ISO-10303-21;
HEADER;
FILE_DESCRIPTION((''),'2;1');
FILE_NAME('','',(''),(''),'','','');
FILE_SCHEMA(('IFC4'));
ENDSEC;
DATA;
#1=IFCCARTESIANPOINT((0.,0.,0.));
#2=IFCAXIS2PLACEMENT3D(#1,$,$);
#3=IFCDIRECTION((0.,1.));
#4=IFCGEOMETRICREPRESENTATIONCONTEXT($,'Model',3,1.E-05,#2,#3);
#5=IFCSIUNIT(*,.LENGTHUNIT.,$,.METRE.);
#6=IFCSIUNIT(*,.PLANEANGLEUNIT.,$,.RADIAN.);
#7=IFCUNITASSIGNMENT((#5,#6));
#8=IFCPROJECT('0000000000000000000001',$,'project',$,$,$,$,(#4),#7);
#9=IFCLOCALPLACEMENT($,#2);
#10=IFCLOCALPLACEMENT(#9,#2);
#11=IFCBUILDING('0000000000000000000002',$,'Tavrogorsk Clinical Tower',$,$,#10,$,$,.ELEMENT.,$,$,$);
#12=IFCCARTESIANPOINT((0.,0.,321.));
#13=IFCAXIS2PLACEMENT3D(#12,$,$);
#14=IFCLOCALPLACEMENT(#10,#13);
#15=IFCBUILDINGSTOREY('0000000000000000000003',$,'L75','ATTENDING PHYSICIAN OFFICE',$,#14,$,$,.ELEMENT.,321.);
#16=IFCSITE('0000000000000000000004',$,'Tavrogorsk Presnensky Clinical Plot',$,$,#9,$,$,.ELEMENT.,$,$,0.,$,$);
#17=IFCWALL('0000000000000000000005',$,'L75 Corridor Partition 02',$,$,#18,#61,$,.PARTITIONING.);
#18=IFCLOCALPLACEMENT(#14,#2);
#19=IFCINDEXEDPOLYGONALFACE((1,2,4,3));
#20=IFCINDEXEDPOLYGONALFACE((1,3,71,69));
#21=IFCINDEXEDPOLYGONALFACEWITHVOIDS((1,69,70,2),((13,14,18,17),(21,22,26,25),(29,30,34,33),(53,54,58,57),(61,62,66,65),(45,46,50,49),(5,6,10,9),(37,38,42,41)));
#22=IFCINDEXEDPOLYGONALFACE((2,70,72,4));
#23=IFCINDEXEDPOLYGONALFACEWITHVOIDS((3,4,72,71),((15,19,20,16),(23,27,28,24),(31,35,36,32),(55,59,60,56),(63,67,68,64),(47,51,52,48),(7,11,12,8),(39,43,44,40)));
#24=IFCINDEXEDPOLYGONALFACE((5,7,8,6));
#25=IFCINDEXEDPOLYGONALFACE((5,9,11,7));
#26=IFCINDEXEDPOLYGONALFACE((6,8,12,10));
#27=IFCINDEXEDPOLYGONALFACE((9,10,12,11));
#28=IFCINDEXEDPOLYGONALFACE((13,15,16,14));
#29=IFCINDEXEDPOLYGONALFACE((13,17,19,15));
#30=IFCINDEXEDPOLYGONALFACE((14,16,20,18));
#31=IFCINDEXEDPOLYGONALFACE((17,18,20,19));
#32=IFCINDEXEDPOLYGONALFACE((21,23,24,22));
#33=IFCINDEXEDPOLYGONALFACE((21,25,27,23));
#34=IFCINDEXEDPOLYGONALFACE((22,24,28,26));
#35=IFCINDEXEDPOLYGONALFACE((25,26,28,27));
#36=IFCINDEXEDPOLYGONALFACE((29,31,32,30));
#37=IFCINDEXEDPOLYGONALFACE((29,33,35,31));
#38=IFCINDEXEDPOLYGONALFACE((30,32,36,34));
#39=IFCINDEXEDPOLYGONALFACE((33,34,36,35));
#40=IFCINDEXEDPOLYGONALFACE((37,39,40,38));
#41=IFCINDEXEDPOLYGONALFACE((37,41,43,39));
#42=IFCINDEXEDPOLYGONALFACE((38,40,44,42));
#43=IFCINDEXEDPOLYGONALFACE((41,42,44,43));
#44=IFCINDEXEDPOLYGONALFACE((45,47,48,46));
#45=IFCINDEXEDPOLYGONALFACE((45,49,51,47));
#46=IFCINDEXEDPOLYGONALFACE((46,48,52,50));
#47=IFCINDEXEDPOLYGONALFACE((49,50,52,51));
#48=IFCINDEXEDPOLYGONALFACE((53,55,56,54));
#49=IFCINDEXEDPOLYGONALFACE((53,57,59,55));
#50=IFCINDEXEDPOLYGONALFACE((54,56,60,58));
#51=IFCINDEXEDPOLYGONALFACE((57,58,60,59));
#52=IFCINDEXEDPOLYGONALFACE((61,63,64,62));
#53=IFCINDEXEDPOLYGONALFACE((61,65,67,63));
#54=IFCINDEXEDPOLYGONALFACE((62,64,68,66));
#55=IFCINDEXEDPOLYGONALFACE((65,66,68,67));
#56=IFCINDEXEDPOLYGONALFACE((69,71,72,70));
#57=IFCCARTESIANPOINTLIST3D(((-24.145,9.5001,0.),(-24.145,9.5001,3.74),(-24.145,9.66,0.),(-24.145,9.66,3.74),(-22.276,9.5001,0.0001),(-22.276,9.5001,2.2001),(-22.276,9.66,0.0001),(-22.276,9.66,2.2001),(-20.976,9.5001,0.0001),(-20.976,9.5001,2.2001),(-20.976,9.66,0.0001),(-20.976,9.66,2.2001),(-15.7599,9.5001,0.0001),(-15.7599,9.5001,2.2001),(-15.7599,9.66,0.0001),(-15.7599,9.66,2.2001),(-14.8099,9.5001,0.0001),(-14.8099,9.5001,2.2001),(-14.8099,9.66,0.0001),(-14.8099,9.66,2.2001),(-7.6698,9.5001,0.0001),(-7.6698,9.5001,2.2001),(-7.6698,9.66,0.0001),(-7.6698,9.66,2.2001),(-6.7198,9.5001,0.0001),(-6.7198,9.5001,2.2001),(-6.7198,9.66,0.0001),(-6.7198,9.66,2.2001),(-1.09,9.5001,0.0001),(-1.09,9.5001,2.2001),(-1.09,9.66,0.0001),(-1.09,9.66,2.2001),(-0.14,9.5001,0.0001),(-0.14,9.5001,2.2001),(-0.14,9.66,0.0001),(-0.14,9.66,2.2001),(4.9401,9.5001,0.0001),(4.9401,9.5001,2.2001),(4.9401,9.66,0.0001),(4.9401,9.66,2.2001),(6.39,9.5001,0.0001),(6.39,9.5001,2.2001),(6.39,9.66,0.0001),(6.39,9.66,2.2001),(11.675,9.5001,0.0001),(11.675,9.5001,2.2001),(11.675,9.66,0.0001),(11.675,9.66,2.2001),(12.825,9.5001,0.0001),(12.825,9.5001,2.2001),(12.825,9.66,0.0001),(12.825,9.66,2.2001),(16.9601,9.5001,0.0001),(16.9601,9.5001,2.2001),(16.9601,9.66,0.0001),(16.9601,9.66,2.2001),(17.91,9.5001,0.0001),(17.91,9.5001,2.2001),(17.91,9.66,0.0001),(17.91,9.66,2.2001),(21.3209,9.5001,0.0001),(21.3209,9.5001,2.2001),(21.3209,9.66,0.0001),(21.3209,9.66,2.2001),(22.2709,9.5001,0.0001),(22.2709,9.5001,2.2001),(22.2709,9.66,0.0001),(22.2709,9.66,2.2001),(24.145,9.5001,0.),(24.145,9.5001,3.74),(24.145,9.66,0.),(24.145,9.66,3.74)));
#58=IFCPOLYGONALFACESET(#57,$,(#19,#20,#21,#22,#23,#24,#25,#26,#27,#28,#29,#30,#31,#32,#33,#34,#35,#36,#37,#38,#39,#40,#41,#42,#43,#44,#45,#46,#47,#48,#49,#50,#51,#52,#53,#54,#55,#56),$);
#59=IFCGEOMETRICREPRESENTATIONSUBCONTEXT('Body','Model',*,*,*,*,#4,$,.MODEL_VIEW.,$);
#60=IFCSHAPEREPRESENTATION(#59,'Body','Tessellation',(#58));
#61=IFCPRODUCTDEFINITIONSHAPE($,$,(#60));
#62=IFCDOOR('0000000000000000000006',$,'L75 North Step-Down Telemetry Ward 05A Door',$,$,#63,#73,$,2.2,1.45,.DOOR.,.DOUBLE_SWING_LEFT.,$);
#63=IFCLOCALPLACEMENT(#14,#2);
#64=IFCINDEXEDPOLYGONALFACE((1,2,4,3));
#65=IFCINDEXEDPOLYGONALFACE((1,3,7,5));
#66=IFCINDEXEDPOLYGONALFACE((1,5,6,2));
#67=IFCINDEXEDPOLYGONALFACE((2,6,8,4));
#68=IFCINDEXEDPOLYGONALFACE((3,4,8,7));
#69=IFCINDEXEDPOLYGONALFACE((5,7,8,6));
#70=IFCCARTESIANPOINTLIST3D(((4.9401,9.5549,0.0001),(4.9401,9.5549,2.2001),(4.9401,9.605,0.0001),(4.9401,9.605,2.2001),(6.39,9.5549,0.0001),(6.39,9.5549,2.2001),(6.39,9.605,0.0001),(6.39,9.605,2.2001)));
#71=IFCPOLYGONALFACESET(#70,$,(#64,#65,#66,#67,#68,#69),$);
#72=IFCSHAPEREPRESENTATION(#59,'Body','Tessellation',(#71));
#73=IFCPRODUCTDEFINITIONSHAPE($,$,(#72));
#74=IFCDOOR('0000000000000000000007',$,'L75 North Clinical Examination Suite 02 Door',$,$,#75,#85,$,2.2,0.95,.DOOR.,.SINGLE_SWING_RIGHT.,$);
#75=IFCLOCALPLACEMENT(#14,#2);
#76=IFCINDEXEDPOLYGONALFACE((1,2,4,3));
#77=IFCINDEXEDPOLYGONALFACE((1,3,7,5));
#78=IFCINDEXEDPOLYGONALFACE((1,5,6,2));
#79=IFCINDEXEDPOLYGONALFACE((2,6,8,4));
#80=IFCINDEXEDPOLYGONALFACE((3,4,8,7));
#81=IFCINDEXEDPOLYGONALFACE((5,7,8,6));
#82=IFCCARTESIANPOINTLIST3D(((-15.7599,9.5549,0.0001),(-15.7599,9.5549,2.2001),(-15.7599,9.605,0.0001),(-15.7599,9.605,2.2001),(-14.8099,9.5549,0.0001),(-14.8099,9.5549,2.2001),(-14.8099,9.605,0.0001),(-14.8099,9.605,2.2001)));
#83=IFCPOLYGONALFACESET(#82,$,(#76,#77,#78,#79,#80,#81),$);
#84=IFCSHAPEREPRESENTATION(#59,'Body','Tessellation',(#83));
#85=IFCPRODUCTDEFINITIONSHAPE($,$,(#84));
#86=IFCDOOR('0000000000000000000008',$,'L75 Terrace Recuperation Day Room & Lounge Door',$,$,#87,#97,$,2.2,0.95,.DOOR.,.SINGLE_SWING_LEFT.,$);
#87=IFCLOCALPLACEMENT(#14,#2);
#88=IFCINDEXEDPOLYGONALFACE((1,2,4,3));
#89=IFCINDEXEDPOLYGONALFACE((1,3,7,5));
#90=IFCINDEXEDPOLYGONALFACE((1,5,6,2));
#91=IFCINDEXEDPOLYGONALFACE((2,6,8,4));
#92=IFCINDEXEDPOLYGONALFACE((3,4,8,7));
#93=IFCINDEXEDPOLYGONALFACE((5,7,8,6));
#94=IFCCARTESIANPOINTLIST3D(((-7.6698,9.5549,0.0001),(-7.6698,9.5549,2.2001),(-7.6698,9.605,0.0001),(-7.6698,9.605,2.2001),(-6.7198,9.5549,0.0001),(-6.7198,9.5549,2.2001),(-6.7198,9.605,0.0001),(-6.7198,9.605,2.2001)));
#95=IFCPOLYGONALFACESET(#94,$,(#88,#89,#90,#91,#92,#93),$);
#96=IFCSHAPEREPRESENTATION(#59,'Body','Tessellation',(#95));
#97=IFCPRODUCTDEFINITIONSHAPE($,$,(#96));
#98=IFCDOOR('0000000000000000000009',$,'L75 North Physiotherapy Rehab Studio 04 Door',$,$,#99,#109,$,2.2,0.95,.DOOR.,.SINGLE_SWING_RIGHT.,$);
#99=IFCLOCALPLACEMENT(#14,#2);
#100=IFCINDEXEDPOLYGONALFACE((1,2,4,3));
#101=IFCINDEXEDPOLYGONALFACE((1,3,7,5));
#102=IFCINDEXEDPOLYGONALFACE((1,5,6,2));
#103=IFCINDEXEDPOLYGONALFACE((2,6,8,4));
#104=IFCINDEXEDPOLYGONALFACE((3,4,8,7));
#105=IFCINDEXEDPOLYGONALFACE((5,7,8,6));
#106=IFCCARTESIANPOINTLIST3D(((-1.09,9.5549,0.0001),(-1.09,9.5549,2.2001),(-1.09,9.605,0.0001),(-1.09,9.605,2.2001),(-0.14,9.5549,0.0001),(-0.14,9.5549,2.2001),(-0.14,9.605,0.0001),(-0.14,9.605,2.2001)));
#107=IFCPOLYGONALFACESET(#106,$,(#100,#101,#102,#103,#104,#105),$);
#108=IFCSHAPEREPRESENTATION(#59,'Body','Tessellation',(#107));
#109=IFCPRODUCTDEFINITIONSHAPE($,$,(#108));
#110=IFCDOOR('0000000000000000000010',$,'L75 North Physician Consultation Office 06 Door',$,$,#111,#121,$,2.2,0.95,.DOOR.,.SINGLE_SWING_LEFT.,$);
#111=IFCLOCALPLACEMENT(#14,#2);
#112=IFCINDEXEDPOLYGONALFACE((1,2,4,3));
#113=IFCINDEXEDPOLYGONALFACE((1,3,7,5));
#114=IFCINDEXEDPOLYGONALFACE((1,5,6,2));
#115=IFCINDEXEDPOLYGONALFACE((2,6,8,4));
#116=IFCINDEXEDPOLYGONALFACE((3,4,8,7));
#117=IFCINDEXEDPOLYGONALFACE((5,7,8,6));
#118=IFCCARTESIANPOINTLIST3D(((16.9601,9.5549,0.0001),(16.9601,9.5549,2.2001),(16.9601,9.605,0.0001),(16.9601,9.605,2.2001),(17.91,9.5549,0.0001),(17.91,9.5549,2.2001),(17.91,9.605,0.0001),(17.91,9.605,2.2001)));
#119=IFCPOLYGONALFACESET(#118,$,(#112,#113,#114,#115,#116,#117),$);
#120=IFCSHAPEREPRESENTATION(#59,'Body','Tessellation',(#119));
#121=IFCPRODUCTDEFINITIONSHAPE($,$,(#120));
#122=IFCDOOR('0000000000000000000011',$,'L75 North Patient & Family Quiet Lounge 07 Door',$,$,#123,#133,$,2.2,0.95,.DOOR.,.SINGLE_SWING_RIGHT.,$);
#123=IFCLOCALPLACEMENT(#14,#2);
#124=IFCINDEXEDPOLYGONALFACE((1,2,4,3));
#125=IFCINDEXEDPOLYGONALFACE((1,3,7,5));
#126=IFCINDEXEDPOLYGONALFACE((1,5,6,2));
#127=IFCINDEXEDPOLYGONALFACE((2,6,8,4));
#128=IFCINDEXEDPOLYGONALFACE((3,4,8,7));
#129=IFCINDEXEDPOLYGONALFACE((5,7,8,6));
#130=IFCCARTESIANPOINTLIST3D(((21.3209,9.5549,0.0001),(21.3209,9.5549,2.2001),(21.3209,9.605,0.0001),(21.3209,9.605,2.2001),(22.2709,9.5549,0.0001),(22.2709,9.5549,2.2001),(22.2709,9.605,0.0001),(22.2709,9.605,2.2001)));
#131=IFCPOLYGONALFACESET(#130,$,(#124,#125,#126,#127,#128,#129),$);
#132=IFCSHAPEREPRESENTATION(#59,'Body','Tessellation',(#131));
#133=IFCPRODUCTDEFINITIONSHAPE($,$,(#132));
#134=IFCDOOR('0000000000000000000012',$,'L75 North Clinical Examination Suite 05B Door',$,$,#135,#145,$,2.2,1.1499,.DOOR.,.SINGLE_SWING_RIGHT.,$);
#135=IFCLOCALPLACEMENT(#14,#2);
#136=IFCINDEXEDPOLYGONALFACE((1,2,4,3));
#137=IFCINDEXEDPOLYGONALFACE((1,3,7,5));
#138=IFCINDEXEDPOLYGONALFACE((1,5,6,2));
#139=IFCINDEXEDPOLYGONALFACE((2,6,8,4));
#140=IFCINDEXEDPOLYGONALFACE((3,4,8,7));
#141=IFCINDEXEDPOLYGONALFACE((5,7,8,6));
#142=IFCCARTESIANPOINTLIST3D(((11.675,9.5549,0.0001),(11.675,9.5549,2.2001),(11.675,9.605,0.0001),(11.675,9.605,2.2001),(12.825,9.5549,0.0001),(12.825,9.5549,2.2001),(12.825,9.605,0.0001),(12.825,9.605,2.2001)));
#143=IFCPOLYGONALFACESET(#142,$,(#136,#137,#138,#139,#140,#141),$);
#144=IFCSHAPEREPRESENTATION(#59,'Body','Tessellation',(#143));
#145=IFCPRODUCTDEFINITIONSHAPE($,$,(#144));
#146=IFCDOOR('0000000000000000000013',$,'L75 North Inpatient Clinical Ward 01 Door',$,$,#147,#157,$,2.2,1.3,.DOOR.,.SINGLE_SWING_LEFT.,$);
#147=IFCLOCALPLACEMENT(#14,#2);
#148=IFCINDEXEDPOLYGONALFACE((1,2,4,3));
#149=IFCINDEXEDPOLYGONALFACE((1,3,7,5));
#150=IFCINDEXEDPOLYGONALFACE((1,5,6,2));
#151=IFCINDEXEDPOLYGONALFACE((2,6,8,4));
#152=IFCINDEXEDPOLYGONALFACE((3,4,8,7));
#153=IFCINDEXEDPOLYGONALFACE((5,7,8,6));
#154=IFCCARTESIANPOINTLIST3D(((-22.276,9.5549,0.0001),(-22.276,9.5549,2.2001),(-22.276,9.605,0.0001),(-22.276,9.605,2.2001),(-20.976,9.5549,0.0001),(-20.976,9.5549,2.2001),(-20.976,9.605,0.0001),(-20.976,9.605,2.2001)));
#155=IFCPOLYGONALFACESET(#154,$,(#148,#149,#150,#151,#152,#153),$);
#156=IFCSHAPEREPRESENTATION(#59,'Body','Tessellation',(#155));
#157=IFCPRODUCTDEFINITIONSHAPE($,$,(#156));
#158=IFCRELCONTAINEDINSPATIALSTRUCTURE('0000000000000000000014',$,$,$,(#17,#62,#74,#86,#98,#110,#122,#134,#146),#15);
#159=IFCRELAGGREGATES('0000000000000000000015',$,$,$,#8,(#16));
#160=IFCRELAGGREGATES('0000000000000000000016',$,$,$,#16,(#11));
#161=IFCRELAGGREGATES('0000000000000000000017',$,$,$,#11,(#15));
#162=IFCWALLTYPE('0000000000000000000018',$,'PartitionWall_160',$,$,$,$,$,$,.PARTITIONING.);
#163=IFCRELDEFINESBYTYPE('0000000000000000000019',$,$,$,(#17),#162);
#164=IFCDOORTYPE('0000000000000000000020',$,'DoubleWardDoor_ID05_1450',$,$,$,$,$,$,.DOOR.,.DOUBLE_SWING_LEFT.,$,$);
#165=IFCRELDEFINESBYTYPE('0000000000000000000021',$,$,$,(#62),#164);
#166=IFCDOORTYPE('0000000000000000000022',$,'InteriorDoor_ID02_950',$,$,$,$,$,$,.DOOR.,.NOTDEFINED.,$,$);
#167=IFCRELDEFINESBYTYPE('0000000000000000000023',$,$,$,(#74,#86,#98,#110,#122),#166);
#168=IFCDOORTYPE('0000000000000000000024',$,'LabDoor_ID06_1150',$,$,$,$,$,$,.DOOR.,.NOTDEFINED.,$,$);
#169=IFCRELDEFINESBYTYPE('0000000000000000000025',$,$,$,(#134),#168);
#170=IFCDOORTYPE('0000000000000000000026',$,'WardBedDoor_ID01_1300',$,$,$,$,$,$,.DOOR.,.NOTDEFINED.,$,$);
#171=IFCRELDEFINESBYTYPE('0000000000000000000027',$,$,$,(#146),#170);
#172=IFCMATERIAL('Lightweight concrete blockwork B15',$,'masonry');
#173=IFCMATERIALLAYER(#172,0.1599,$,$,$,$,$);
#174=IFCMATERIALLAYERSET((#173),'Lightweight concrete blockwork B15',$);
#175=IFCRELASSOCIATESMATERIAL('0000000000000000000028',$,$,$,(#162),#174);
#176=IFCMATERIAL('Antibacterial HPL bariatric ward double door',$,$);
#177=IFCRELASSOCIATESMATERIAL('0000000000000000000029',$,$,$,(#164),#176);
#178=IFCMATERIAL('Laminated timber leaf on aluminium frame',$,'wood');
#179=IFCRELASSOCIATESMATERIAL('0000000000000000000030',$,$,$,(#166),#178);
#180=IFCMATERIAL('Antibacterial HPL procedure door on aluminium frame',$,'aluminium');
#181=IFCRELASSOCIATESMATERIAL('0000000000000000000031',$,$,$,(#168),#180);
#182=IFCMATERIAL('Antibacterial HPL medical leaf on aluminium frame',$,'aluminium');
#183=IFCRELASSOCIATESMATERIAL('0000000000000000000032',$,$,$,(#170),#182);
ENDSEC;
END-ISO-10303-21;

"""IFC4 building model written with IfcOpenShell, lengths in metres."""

from ifc_helpers import new_model, si_unit, direction, frame, frame_2d, origin, place, context, subcontext, project, spatial, rectangle, extrude, material, layer, layer_set, type_object, element, fill, save


model = new_model("IFC4")

# Units and contexts
model_context = context("Model", 3, precision=1e-05, world=origin(), true_north=direction((0.0, 1.0)))
body_context = subcontext(model_context, "Body", "Model", "MODEL_VIEW")
ifc_project = project(units=[si_unit("LENGTHUNIT", "METRE"), si_unit("PLANEANGLEUNIT", "RADIAN")], contexts=[model_context])

# Site, building, storey
site_placement = place(None, origin())
site = spatial("IfcSite", under=ifc_project, at=site_placement, Name="Tavrogorsk Presnensky Clinical Plot", CompositionType="ELEMENT", RefElevation=0.0)
building_placement = place(site_placement, origin())
building = spatial("IfcBuilding", under=site, at=building_placement, Name="Tavrogorsk Clinical Tower", CompositionType="ELEMENT")
storey_placement = place(building_placement, frame((0.0, 0.0, 321.0)))
storey = spatial("IfcBuildingStorey", under=building, at=storey_placement, Name="L75", Description="ATTENDING PHYSICIAN OFFICE", CompositionType="ELEMENT", Elevation=321.0)

# Wall, openings, doors
ifc_material_1 = material(Name="Lightweight concrete blockwork B15", Category="masonry")
ifc_layer = layer(ifc_material_1, 0.1599)
ifc_layer_set = layer_set([ifc_layer], Name="Lightweight concrete blockwork B15")
wall_type = type_object("IfcWallType", Name="PartitionWall_160", PredefinedType="PARTITIONING", material=ifc_layer_set)
wall_1_placement = place(storey_placement, frame((-24.145, 9.5801, 0.0), z_axis=(0.0, 0.0, 1.0), x_axis=(1.0, 0.0, 0.0)))
wall_1 = element("IfcWall", 1, at=wall_1_placement, inside=storey, type_object=wall_type, Name="L75 Corridor Partition 02", PredefinedType="PARTITIONING", context=body_context, shape_type="SweptSolid", body=[
    extrude(rectangle(XDim=48.29, YDim=0.1599, at=frame_2d((24.145, 0.0))), origin(), (0.0, 0.0, 1.0), 3.74),
])
opening_1_placement = place(wall_1_placement, frame((1.8691, 0.0, 0.0)))
opening_1 = element("IfcOpeningElement", 2, at=opening_1_placement, cuts=wall_1, PredefinedType="OPENING", context=body_context, shape_type="SweptSolid", body=[
    extrude(rectangle(XDim=1.3, YDim=2.2, at=frame_2d((0.6499, 1.1001))), frame((0.0, 0.0898, 0.0), z_axis=(0.0, -1.0, 0.0), x_axis=(1.0, 0.0, 0.0)), (0.0, 0.0, 1.0), 0.1799),
])
opening_2_placement = place(wall_1_placement, frame((8.385, 0.0, 0.0)))
opening_2 = element("IfcOpeningElement", 3, at=opening_2_placement, cuts=wall_1, PredefinedType="OPENING", context=body_context, shape_type="SweptSolid", body=[
    extrude(rectangle(XDim=0.95, YDim=2.2, at=frame_2d((0.4751, 1.1001))), frame((0.0, 0.0898, 0.0), z_axis=(0.0, -1.0, 0.0), x_axis=(1.0, 0.0, 0.0)), (0.0, 0.0, 1.0), 0.1799),
])
opening_3_placement = place(wall_1_placement, frame((16.4751, 0.0, 0.0)))
opening_3 = element("IfcOpeningElement", 4, at=opening_3_placement, cuts=wall_1, PredefinedType="OPENING", context=body_context, shape_type="SweptSolid", body=[
    extrude(rectangle(XDim=0.95, YDim=2.2, at=frame_2d((0.4751, 1.1001))), frame((0.0, 0.0898, 0.0), z_axis=(0.0, -1.0, 0.0), x_axis=(1.0, 0.0, 0.0)), (0.0, 0.0, 1.0), 0.1799),
])
opening_4_placement = place(wall_1_placement, frame((23.0549, 0.0, 0.0)))
opening_4 = element("IfcOpeningElement", 5, at=opening_4_placement, cuts=wall_1, PredefinedType="OPENING", context=body_context, shape_type="SweptSolid", body=[
    extrude(rectangle(XDim=0.95, YDim=2.2, at=frame_2d((0.4751, 1.1001))), frame((0.0, 0.0898, 0.0), z_axis=(0.0, -1.0, 0.0), x_axis=(1.0, 0.0, 0.0)), (0.0, 0.0, 1.0), 0.1799),
])
opening_5_placement = place(wall_1_placement, frame((29.085, 0.0, 0.0)))
opening_5 = element("IfcOpeningElement", 6, at=opening_5_placement, cuts=wall_1, PredefinedType="OPENING", context=body_context, shape_type="SweptSolid", body=[
    extrude(rectangle(XDim=1.45, YDim=2.2, at=frame_2d((0.7251, 1.1001))), frame((0.0, 0.0898, 0.0), z_axis=(0.0, -1.0, 0.0), x_axis=(1.0, 0.0, 0.0)), (0.0, 0.0, 1.0), 0.1799),
])
opening_6_placement = place(wall_1_placement, frame((35.8201, 0.0, 0.0)))
opening_6 = element("IfcOpeningElement", 7, at=opening_6_placement, cuts=wall_1, PredefinedType="OPENING", context=body_context, shape_type="SweptSolid", body=[
    extrude(rectangle(XDim=1.1499, YDim=2.2, at=frame_2d((0.575, 1.1001))), frame((0.0, 0.0898, 0.0), z_axis=(0.0, -1.0, 0.0), x_axis=(1.0, 0.0, 0.0)), (0.0, 0.0, 1.0), 0.1799),
])
opening_7_placement = place(wall_1_placement, frame((41.105, 0.0, 0.0)))
opening_7 = element("IfcOpeningElement", 8, at=opening_7_placement, cuts=wall_1, PredefinedType="OPENING", context=body_context, shape_type="SweptSolid", body=[
    extrude(rectangle(XDim=0.95, YDim=2.2, at=frame_2d((0.4751, 1.1001))), frame((0.0, 0.0898, 0.0), z_axis=(0.0, -1.0, 0.0), x_axis=(1.0, 0.0, 0.0)), (0.0, 0.0, 1.0), 0.1799),
])
opening_8_placement = place(wall_1_placement, frame((45.4658, 0.0, 0.0)))
opening_8 = element("IfcOpeningElement", 9, at=opening_8_placement, cuts=wall_1, PredefinedType="OPENING", context=body_context, shape_type="SweptSolid", body=[
    extrude(rectangle(XDim=0.95, YDim=2.2, at=frame_2d((0.4751, 1.1001))), frame((0.0, 0.0898, 0.0), z_axis=(0.0, -1.0, 0.0), x_axis=(1.0, 0.0, 0.0)), (0.0, 0.0, 1.0), 0.1799),
])
ifc_material_2 = material(Name="Antibacterial HPL bariatric ward double door")
door_type_1 = type_object("IfcDoorType", Name="DoubleWardDoor_ID05_1450", OperationType="DOUBLE_SWING_LEFT", PredefinedType="DOOR", material=ifc_material_2)
door_1_placement = place(opening_5_placement, origin())
door_1 = element("IfcDoor", 10, at=door_1_placement, inside=storey, type_object=door_type_1, Name="L75 North Step-Down Telemetry Ward 05A Door", OperationType="DOUBLE_SWING_LEFT", OverallHeight=2.2, OverallWidth=1.45, PredefinedType="DOOR", context=body_context, shape_type="SweptSolid", body=[
    extrude(rectangle(XDim=1.45, YDim=2.2, at=frame_2d((0.7251, 1.1001))), frame((0.0, 0.0249, 0.0), z_axis=(0.0, -1.0, 0.0), x_axis=(1.0, 0.0, 0.0)), (0.0, 0.0, 1.0), 0.05),
])
fill(opening_5, door_1)
ifc_material_3 = material(Name="Laminated timber leaf on aluminium frame", Category="wood")
door_type_2 = type_object("IfcDoorType", Name="InteriorDoor_ID02_950", OperationType="NOTDEFINED", PredefinedType="DOOR", material=ifc_material_3)
door_2_placement = place(opening_2_placement, origin())
door_2 = element("IfcDoor", 11, at=door_2_placement, inside=storey, type_object=door_type_2, Name="L75 North Clinical Examination Suite 02 Door", OperationType="SINGLE_SWING_RIGHT", OverallHeight=2.2, OverallWidth=0.95, PredefinedType="DOOR", context=body_context, shape_type="SweptSolid", body=[
    extrude(rectangle(XDim=0.95, YDim=2.2, at=frame_2d((0.4751, 1.1001))), frame((0.0, 0.0249, 0.0), z_axis=(0.0, -1.0, 0.0), x_axis=(1.0, 0.0, 0.0)), (0.0, 0.0, 1.0), 0.05),
])
fill(opening_2, door_2)
door_3_placement = place(opening_3_placement, origin())
door_3 = element("IfcDoor", 12, at=door_3_placement, inside=storey, type_object=door_type_2, Name="L75 Terrace Recuperation Day Room & Lounge Door", OperationType="SINGLE_SWING_LEFT", OverallHeight=2.2, OverallWidth=0.95, PredefinedType="DOOR", context=body_context, shape_type="SweptSolid", body=[
    extrude(rectangle(XDim=0.95, YDim=2.2, at=frame_2d((0.4751, 1.1001))), frame((0.0, 0.0249, 0.0), z_axis=(0.0, -1.0, 0.0), x_axis=(1.0, 0.0, 0.0)), (0.0, 0.0, 1.0), 0.05),
])
fill(opening_3, door_3)
door_4_placement = place(opening_4_placement, origin())
door_4 = element("IfcDoor", 13, at=door_4_placement, inside=storey, type_object=door_type_2, Name="L75 North Physiotherapy Rehab Studio 04 Door", OperationType="SINGLE_SWING_RIGHT", OverallHeight=2.2, OverallWidth=0.95, PredefinedType="DOOR", context=body_context, shape_type="SweptSolid", body=[
    extrude(rectangle(XDim=0.95, YDim=2.2, at=frame_2d((0.4751, 1.1001))), frame((0.0, 0.0249, 0.0), z_axis=(0.0, -1.0, 0.0), x_axis=(1.0, 0.0, 0.0)), (0.0, 0.0, 1.0), 0.05),
])
fill(opening_4, door_4)
door_5_placement = place(opening_7_placement, origin())
door_5 = element("IfcDoor", 14, at=door_5_placement, inside=storey, type_object=door_type_2, Name="L75 North Physician Consultation Office 06 Door", OperationType="SINGLE_SWING_LEFT", OverallHeight=2.2, OverallWidth=0.95, PredefinedType="DOOR", context=body_context, shape_type="SweptSolid", body=[
    extrude(rectangle(XDim=0.95, YDim=2.2, at=frame_2d((0.4751, 1.1001))), frame((0.0, 0.0249, 0.0), z_axis=(0.0, -1.0, 0.0), x_axis=(1.0, 0.0, 0.0)), (0.0, 0.0, 1.0), 0.05),
])
fill(opening_7, door_5)
door_6_placement = place(opening_8_placement, origin())
door_6 = element("IfcDoor", 15, at=door_6_placement, inside=storey, type_object=door_type_2, Name="L75 North Patient & Family Quiet Lounge 07 Door", OperationType="SINGLE_SWING_RIGHT", OverallHeight=2.2, OverallWidth=0.95, PredefinedType="DOOR", context=body_context, shape_type="SweptSolid", body=[
    extrude(rectangle(XDim=0.95, YDim=2.2, at=frame_2d((0.4751, 1.1001))), frame((0.0, 0.0249, 0.0), z_axis=(0.0, -1.0, 0.0), x_axis=(1.0, 0.0, 0.0)), (0.0, 0.0, 1.0), 0.05),
])
fill(opening_8, door_6)
ifc_material_4 = material(Name="Antibacterial HPL procedure door on aluminium frame", Category="aluminium")
door_type_3 = type_object("IfcDoorType", Name="LabDoor_ID06_1150", OperationType="NOTDEFINED", PredefinedType="DOOR", material=ifc_material_4)
door_7_placement = place(opening_6_placement, origin())
door_7 = element("IfcDoor", 16, at=door_7_placement, inside=storey, type_object=door_type_3, Name="L75 North Clinical Examination Suite 05B Door", OperationType="SINGLE_SWING_RIGHT", OverallHeight=2.2, OverallWidth=1.1499, PredefinedType="DOOR", context=body_context, shape_type="SweptSolid", body=[
    extrude(rectangle(XDim=1.1499, YDim=2.2, at=frame_2d((0.575, 1.1001))), frame((0.0, 0.0249, 0.0), z_axis=(0.0, -1.0, 0.0), x_axis=(1.0, 0.0, 0.0)), (0.0, 0.0, 1.0), 0.05),
])
fill(opening_6, door_7)
ifc_material_5 = material(Name="Antibacterial HPL medical leaf on aluminium frame", Category="aluminium")
door_type_4 = type_object("IfcDoorType", Name="WardBedDoor_ID01_1300", OperationType="NOTDEFINED", PredefinedType="DOOR", material=ifc_material_5)
door_8_placement = place(opening_1_placement, origin())
door_8 = element("IfcDoor", 17, at=door_8_placement, inside=storey, type_object=door_type_4, Name="L75 North Inpatient Clinical Ward 01 Door", OperationType="SINGLE_SWING_LEFT", OverallHeight=2.2, OverallWidth=1.3, PredefinedType="DOOR", context=body_context, shape_type="SweptSolid", body=[
    extrude(rectangle(XDim=1.3, YDim=2.2, at=frame_2d((0.6499, 1.1001))), frame((0.0, 0.0249, 0.0), z_axis=(0.0, -1.0, 0.0), x_axis=(1.0, 0.0, 0.0)), (0.0, 0.0, 1.0), 0.05),
])
fill(opening_1, door_8)

save(model, "model.ifc")
